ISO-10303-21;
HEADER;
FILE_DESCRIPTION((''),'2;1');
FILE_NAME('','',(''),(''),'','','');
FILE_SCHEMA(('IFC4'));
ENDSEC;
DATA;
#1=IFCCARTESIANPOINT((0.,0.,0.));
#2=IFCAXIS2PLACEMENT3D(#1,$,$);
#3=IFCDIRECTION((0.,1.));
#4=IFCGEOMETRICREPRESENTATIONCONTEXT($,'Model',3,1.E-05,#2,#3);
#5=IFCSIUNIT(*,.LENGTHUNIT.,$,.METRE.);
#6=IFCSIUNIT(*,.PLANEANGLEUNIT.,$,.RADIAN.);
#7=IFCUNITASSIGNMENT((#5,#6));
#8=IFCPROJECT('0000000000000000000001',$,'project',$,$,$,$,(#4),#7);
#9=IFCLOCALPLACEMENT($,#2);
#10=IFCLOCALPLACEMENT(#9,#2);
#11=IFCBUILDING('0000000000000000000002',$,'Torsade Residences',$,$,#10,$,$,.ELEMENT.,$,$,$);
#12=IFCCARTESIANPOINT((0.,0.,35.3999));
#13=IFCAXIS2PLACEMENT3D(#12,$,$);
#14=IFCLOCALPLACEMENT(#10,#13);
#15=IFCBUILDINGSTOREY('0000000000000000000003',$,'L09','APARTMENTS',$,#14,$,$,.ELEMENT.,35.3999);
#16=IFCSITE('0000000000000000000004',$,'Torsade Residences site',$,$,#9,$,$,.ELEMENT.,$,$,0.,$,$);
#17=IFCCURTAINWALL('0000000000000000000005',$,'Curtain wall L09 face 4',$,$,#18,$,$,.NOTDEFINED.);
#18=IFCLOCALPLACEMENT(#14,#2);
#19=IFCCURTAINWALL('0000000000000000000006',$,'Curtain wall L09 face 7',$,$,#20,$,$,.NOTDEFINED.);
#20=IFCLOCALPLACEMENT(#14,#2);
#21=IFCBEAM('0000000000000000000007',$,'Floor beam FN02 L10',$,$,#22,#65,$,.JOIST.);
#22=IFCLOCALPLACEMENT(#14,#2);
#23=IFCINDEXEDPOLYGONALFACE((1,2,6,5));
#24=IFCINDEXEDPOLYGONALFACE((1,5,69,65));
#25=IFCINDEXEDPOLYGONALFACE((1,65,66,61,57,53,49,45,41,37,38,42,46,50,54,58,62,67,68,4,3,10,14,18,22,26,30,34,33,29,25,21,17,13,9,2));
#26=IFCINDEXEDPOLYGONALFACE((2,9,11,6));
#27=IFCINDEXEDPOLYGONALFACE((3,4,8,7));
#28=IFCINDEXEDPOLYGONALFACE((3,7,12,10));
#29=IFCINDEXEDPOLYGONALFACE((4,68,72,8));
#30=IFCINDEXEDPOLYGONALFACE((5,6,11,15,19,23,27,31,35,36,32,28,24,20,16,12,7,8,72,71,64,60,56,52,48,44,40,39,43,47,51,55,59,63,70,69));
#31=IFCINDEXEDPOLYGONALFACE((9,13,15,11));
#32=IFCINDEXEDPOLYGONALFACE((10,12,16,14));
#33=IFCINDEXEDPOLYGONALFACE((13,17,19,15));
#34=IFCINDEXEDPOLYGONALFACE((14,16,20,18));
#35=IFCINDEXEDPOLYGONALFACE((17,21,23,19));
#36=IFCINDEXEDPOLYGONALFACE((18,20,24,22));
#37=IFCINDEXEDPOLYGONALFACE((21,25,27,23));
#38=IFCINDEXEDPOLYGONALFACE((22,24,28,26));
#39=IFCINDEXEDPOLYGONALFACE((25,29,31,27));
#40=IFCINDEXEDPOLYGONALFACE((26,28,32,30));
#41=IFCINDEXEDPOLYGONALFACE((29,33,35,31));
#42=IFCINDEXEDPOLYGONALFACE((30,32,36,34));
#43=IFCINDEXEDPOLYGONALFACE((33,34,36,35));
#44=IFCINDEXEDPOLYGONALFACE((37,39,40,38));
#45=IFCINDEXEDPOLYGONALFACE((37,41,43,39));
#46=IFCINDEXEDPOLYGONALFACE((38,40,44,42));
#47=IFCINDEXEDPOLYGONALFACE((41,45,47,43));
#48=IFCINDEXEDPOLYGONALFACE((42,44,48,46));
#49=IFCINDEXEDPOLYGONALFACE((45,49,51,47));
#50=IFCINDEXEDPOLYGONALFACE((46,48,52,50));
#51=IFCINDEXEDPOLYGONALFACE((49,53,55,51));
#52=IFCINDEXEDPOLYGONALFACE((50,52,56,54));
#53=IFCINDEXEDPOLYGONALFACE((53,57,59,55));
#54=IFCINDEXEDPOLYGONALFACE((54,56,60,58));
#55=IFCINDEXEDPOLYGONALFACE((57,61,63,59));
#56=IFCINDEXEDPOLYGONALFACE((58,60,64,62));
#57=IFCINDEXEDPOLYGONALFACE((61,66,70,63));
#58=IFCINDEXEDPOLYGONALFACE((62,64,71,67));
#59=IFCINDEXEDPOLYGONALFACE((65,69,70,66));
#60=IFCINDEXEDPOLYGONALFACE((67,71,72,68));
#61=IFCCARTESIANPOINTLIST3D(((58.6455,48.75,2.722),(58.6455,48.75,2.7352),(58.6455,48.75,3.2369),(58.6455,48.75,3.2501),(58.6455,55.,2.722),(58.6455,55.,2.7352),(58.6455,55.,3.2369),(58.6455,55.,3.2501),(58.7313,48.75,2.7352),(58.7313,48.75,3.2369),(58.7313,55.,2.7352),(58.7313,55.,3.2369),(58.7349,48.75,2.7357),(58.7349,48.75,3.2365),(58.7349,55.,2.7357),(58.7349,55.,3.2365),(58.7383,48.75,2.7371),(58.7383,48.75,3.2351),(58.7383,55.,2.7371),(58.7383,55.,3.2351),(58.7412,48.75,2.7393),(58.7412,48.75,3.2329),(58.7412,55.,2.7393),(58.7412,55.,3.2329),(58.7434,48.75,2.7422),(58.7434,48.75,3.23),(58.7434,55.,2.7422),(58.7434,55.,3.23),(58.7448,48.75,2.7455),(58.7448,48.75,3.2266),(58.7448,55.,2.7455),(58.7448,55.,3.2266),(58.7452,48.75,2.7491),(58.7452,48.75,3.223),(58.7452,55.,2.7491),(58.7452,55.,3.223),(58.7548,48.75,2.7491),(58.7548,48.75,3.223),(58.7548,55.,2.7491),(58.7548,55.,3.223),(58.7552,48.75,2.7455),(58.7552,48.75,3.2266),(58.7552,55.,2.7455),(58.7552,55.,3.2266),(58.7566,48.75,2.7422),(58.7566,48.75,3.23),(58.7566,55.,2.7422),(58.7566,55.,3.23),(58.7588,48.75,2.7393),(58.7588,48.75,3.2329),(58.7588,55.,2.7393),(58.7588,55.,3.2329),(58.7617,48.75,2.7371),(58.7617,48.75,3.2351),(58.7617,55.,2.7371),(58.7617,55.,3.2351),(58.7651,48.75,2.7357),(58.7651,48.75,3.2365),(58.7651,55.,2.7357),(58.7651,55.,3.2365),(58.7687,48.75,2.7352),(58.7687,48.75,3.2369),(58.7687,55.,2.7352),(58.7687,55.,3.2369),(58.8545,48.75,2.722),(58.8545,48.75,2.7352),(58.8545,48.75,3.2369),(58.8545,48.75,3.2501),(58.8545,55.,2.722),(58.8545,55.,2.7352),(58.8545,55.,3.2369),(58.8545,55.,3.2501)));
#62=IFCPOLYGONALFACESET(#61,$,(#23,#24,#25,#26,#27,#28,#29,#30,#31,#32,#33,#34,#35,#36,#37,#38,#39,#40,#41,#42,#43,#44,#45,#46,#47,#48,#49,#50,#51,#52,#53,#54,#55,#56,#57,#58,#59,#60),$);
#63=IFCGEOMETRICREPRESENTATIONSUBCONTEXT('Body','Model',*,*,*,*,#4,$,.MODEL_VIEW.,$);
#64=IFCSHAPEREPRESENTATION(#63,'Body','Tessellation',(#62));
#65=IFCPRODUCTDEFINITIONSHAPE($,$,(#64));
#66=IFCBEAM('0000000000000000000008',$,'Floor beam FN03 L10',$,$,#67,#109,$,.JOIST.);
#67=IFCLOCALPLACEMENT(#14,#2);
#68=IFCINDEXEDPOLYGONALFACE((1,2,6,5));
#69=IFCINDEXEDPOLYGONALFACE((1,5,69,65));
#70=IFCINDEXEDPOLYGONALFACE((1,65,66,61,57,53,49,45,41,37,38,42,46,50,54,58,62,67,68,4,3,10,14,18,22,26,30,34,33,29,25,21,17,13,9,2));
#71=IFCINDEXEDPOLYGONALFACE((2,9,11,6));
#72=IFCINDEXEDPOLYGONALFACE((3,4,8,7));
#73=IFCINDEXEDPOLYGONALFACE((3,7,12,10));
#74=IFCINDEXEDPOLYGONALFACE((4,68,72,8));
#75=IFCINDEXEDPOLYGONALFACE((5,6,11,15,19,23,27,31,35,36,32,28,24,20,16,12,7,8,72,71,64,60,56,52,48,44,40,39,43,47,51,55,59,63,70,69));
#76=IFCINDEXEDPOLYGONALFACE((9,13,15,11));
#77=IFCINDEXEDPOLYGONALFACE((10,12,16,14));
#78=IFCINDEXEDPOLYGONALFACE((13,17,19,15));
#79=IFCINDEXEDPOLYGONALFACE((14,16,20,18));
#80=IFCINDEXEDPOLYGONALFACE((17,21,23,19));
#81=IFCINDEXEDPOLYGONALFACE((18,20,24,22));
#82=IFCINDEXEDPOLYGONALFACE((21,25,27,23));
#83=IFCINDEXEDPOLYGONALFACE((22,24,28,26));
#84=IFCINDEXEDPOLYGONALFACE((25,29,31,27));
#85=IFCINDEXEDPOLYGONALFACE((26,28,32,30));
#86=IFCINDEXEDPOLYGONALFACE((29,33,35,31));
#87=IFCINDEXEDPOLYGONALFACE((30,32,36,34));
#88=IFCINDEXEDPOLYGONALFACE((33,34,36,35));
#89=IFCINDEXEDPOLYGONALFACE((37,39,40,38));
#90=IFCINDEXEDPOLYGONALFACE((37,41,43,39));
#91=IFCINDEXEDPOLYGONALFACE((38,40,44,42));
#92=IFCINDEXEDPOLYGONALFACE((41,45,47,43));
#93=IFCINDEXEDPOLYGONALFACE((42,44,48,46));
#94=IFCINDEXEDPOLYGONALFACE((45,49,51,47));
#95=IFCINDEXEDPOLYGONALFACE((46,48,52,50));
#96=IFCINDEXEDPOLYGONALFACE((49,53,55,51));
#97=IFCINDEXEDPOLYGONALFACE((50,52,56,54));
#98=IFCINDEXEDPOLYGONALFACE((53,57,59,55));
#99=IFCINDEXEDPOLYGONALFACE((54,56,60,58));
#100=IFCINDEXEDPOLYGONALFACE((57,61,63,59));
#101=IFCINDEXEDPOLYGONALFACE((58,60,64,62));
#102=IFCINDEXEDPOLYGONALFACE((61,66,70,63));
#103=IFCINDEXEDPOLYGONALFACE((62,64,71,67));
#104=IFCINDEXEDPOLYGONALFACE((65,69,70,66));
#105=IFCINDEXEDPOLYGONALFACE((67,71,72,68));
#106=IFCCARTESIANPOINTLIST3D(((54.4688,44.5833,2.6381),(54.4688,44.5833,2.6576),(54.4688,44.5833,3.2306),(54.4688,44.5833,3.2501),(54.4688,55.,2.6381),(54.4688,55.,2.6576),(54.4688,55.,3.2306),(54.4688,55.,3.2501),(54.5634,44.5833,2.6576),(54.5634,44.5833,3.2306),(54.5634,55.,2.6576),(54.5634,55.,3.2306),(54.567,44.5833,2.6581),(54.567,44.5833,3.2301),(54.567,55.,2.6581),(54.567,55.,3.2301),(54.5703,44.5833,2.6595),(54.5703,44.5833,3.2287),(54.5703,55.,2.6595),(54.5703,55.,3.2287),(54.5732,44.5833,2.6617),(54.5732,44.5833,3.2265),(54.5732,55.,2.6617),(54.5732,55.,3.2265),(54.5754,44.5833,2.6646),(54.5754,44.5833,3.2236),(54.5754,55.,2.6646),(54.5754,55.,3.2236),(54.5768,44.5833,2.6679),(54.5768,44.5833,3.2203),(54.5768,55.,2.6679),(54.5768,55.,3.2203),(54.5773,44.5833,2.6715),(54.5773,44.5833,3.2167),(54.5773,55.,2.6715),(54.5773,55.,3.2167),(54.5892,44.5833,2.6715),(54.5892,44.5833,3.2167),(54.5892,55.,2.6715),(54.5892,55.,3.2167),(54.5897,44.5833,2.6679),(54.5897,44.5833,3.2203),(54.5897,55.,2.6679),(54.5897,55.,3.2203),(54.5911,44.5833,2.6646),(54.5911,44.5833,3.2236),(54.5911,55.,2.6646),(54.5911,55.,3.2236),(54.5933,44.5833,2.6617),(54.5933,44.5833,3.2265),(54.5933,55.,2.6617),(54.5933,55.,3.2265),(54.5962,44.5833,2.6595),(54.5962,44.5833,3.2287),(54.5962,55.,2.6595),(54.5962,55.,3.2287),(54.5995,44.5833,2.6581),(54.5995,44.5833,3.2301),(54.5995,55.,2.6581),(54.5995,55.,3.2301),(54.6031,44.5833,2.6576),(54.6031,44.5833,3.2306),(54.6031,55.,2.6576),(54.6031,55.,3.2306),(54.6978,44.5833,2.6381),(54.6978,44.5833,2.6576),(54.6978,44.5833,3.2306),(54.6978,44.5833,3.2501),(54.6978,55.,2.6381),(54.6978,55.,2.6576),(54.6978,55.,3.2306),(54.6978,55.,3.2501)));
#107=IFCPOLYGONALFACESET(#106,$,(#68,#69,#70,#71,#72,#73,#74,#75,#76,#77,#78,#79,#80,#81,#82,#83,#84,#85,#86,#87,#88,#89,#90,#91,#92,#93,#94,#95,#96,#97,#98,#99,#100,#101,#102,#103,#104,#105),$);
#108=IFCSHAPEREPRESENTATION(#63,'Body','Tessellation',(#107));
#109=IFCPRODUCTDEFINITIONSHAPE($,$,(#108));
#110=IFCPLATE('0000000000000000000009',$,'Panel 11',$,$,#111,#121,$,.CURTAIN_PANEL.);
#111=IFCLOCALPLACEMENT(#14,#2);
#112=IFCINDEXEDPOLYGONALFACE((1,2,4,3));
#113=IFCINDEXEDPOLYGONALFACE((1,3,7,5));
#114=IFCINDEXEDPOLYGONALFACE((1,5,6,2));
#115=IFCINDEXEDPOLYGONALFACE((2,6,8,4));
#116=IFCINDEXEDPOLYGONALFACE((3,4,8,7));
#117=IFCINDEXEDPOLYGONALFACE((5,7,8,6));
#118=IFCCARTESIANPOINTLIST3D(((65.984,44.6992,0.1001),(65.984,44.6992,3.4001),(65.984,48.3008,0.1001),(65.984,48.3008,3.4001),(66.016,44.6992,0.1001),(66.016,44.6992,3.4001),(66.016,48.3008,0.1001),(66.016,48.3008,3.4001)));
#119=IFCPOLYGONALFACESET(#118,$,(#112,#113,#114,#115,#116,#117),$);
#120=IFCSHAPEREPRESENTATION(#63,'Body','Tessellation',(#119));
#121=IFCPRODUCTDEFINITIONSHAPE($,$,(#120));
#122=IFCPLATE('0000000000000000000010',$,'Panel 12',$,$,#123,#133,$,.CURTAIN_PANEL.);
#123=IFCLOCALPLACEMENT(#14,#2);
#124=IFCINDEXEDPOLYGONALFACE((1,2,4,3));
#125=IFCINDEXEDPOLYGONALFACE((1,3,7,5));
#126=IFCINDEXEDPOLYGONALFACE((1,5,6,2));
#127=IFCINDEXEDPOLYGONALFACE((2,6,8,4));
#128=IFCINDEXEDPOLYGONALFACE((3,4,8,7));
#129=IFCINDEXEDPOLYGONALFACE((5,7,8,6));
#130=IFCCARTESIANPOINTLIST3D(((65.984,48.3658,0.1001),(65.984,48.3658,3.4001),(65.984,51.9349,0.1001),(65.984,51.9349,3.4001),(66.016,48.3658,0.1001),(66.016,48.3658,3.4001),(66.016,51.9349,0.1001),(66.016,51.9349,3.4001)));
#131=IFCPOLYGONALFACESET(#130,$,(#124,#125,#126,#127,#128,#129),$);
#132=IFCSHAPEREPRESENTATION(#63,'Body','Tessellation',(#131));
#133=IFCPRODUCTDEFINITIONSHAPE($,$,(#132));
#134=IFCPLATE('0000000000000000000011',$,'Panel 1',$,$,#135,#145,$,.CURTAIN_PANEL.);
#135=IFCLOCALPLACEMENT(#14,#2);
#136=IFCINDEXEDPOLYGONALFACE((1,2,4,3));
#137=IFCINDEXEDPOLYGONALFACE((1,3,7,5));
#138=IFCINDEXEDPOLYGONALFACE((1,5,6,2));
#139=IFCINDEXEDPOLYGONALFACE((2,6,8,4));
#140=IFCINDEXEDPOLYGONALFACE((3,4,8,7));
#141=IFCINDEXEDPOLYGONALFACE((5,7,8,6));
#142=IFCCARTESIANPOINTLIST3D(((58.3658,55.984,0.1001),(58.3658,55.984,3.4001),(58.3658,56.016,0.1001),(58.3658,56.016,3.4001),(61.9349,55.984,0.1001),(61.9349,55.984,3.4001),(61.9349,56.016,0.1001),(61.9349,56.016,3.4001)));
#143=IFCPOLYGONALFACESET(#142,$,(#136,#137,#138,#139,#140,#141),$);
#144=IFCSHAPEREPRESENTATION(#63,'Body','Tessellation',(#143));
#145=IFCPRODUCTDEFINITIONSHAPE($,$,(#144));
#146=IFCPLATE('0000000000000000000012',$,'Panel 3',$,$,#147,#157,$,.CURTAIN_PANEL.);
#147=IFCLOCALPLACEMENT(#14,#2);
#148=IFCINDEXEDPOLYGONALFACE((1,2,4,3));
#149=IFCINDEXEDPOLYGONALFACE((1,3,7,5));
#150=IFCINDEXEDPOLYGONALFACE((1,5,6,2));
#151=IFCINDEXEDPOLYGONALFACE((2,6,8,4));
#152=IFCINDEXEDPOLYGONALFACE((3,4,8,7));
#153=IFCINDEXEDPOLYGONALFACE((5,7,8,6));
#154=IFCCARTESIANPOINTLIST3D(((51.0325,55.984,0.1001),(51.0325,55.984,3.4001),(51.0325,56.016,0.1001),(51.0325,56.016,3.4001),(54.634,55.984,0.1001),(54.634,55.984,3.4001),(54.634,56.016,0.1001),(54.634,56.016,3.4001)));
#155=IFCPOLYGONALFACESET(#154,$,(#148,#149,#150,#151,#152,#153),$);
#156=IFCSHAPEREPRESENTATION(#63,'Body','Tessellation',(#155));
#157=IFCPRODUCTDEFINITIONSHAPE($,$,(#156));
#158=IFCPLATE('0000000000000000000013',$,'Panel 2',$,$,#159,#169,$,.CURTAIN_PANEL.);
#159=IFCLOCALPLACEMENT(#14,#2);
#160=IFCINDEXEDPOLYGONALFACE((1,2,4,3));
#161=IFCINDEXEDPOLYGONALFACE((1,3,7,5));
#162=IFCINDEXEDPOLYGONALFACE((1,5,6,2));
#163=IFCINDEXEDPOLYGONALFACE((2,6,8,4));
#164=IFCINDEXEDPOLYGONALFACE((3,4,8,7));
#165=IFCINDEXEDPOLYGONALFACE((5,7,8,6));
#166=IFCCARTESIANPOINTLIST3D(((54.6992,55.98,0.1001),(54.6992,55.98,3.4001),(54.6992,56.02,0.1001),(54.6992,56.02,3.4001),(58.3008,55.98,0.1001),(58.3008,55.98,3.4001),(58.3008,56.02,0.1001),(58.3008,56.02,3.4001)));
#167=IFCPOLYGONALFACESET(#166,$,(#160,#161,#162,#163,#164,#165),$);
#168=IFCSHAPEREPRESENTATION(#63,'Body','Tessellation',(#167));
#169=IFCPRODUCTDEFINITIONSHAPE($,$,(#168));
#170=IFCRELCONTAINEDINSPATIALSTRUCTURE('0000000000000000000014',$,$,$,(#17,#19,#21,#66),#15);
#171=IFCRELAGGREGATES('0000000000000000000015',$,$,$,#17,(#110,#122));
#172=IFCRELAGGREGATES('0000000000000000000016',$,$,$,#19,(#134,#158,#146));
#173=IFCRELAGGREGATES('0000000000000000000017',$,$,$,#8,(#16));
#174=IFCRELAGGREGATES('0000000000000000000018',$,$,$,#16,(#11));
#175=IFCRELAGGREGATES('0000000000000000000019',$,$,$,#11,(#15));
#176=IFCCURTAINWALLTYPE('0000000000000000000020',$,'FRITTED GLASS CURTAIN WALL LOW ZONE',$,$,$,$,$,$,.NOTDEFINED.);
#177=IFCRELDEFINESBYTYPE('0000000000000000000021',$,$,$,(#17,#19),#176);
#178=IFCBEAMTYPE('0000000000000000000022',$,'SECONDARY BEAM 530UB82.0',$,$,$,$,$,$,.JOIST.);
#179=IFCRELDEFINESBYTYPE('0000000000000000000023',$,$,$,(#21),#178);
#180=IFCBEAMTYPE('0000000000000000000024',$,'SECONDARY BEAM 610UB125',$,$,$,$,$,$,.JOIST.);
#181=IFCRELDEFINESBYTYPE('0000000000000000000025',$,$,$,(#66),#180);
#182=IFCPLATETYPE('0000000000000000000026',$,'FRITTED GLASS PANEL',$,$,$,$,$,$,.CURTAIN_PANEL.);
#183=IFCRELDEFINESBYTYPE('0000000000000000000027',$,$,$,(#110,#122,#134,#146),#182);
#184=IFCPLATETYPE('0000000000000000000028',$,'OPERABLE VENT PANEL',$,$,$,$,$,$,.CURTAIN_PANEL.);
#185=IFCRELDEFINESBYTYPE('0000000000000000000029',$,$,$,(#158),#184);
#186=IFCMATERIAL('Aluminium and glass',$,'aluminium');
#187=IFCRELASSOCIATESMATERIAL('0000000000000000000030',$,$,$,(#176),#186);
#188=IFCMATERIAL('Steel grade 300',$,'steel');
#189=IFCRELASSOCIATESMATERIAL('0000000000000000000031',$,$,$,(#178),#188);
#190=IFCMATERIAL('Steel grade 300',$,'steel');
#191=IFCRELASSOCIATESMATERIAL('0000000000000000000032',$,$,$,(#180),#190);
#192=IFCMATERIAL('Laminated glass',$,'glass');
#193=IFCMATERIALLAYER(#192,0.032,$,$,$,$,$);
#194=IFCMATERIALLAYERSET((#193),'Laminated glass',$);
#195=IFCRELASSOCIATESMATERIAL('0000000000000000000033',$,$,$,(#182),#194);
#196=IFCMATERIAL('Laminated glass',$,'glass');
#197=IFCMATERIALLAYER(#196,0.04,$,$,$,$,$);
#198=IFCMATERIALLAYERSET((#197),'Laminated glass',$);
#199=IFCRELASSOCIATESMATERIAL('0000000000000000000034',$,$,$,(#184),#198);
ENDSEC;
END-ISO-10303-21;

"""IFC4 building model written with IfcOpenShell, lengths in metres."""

from ifc_helpers import new_model, si_unit, direction, frame, origin, origin_2d, place, context, subcontext, project, spatial, rectangle, i_section, extrude, material, layer, layer_set, material_profile, profile_set, type_object, element, aggregate, save


model = new_model("IFC4")

# Units and contexts
model_context = context("Model", 3, precision=1e-05, world=origin(), true_north=direction((0.0, 1.0)))
body_context = subcontext(model_context, "Body", "Model", "MODEL_VIEW")
ifc_project = project(units=[si_unit("LENGTHUNIT", "METRE"), si_unit("PLANEANGLEUNIT", "RADIAN")], contexts=[model_context])

# Site, building, storey
site_placement = place(None, origin())
site = spatial("IfcSite", under=ifc_project, at=site_placement, Name="Torsade Residences site", CompositionType="ELEMENT", RefElevation=0.0)
building_placement = place(site_placement, origin())
building = spatial("IfcBuilding", under=site, at=building_placement, Name="Torsade Residences", CompositionType="ELEMENT")
storey_placement = place(building_placement, frame((0.0, 0.0, 35.3999)))
storey = spatial("IfcBuildingStorey", under=building, at=storey_placement, Name="L09", Description="APARTMENTS", CompositionType="ELEMENT", Elevation=35.3999)

# Curtain walls
ifc_material_1 = material(Name="Aluminium and glass", Category="aluminium")
curtain_wall_type = type_object("IfcCurtainWallType", Name="FRITTED GLASS CURTAIN WALL LOW ZONE", PredefinedType="NOTDEFINED", material=ifc_material_1)
curtain_wall_1_placement = place(storey_placement, origin())
curtain_wall_1 = element("IfcCurtainWall", 1, at=curtain_wall_1_placement, inside=storey, type_object=curtain_wall_type, Name="Curtain wall L09 face 4", PredefinedType="NOTDEFINED")
curtain_wall_2_placement = place(storey_placement, origin())
curtain_wall_2 = element("IfcCurtainWall", 2, at=curtain_wall_2_placement, inside=storey, type_object=curtain_wall_type, Name="Curtain wall L09 face 7", PredefinedType="NOTDEFINED")

# Beams
ifc_material_2 = material(Name="Steel grade 300", Category="steel")
ifc_material_profile_1 = material_profile(ifc_material_2, i_section(OverallWidth=0.209, OverallDepth=0.5281, WebThickness=0.0095, FlangeThickness=0.0132, FilletRadius=0.0139, at=origin_2d()), Name="530UB82.0")
ifc_profile_set_1 = profile_set([ifc_material_profile_1], Name="Steel grade 300")
beam_type_1 = type_object("IfcBeamType", Name="SECONDARY BEAM 530UB82.0", PredefinedType="JOIST", material=ifc_profile_set_1)
beam_1_placement = place(storey_placement, frame((58.75, 55.0, 2.9861), z_axis=(0.0, -1.0, 0.0), x_axis=(1.0, 0.0, 0.0)))
element("IfcBeam", 3, at=beam_1_placement, inside=storey, type_object=beam_type_1, Name="Floor beam FN02 L10", PredefinedType="JOIST", context=body_context, shape_type="SweptSolid", body=[
    extrude(i_section(OverallWidth=0.209, OverallDepth=0.5281, WebThickness=0.0095, FlangeThickness=0.0132, FilletRadius=0.0139, at=origin_2d()), origin(), (0.0, 0.0, 1.0), 6.25),
])
ifc_material_3 = material(Name="Steel grade 300", Category="steel")
ifc_material_profile_2 = material_profile(ifc_material_3, i_section(OverallWidth=0.229, OverallDepth=0.6121, WebThickness=0.012, FlangeThickness=0.0195, FilletRadius=0.0139, at=origin_2d()), Name="610UB125")
ifc_profile_set_2 = profile_set([ifc_material_profile_2], Name="Steel grade 300")
beam_type_2 = type_object("IfcBeamType", Name="SECONDARY BEAM 610UB125", PredefinedType="JOIST", material=ifc_profile_set_2)
beam_2_placement = place(storey_placement, frame((54.5833, 55.0, 2.9441), z_axis=(0.0, -1.0, 0.0), x_axis=(1.0, 0.0, 0.0)))
element("IfcBeam", 4, at=beam_2_placement, inside=storey, type_object=beam_type_2, Name="Floor beam FN03 L10", PredefinedType="JOIST", context=body_context, shape_type="SweptSolid", body=[
    extrude(i_section(OverallWidth=0.229, OverallDepth=0.6121, WebThickness=0.012, FlangeThickness=0.0195, FilletRadius=0.0139, at=origin_2d()), origin(), (0.0, 0.0, 1.0), 10.4167),
])

# Plates
ifc_material_4 = material(Name="Laminated glass", Category="glass")
ifc_layer_1 = layer(ifc_material_4, 0.032)
ifc_layer_set_1 = layer_set([ifc_layer_1], Name="Laminated glass")
plate_type_1 = type_object("IfcPlateType", Name="FRITTED GLASS PANEL", PredefinedType="CURTAIN_PANEL", material=ifc_layer_set_1)
plate_1_placement = place(storey_placement, frame((66.0, 46.5, 0.1001), z_axis=(0.0, 0.0, 1.0), x_axis=(0.0, 1.0, 0.0)))
plate_1 = element("IfcPlate", 5, at=plate_1_placement, type_object=plate_type_1, Name="Panel 11", PredefinedType="CURTAIN_PANEL", context=body_context, shape_type="SweptSolid", body=[
    extrude(rectangle(XDim=3.6016, YDim=0.032, at=origin_2d()), origin(), (0.0, 0.0, 1.0), 3.3),
])
plate_2_placement = place(storey_placement, frame((66.0, 50.1504, 0.1001), z_axis=(0.0, 0.0, 1.0), x_axis=(0.0, 1.0, 0.0)))
plate_2 = element("IfcPlate", 6, at=plate_2_placement, type_object=plate_type_1, Name="Panel 12", PredefinedType="CURTAIN_PANEL", context=body_context, shape_type="SweptSolid", body=[
    extrude(rectangle(XDim=3.5691, YDim=0.032, at=origin_2d()), origin(), (0.0, 0.0, 1.0), 3.3),
])
aggregate(curtain_wall_1, [plate_1, plate_2])
plate_3_placement = place(storey_placement, frame((60.1504, 56.0, 0.1001), z_axis=(0.0, 0.0, 1.0), x_axis=(-1.0, 0.0, 0.0)))
plate_3 = element("IfcPlate", 7, at=plate_3_placement, type_object=plate_type_1, Name="Panel 1", PredefinedType="CURTAIN_PANEL", context=body_context, shape_type="SweptSolid", body=[
    extrude(rectangle(XDim=3.5691, YDim=0.032, at=origin_2d()), origin(), (0.0, 0.0, 1.0), 3.3),
])
plate_4_placement = place(storey_placement, frame((52.8333, 56.0, 0.1001), z_axis=(0.0, 0.0, 1.0), x_axis=(-1.0, 0.0, 0.0)))
plate_4 = element("IfcPlate", 8, at=plate_4_placement, type_object=plate_type_1, Name="Panel 3", PredefinedType="CURTAIN_PANEL", context=body_context, shape_type="SweptSolid", body=[
    extrude(rectangle(XDim=3.6016, YDim=0.032, at=origin_2d()), origin(), (0.0, 0.0, 1.0), 3.3),
])
ifc_material_5 = material(Name="Laminated glass", Category="glass")
ifc_layer_2 = layer(ifc_material_5, 0.04)
ifc_layer_set_2 = layer_set([ifc_layer_2], Name="Laminated glass")
plate_type_2 = type_object("IfcPlateType", Name="OPERABLE VENT PANEL", PredefinedType="CURTAIN_PANEL", material=ifc_layer_set_2)
plate_5_placement = place(storey_placement, frame((56.5, 56.0, 0.1001), z_axis=(0.0, 0.0, 1.0), x_axis=(-1.0, 0.0, 0.0)))
plate_5 = element("IfcPlate", 9, at=plate_5_placement, type_object=plate_type_2, Name="Panel 2", PredefinedType="CURTAIN_PANEL", context=body_context, shape_type="SweptSolid", body=[
    extrude(rectangle(XDim=3.6016, YDim=0.04, at=origin_2d()), origin(), (0.0, 0.0, 1.0), 3.3),
])
aggregate(curtain_wall_2, [plate_3, plate_5, plate_4])

save(model, "model.ifc")
